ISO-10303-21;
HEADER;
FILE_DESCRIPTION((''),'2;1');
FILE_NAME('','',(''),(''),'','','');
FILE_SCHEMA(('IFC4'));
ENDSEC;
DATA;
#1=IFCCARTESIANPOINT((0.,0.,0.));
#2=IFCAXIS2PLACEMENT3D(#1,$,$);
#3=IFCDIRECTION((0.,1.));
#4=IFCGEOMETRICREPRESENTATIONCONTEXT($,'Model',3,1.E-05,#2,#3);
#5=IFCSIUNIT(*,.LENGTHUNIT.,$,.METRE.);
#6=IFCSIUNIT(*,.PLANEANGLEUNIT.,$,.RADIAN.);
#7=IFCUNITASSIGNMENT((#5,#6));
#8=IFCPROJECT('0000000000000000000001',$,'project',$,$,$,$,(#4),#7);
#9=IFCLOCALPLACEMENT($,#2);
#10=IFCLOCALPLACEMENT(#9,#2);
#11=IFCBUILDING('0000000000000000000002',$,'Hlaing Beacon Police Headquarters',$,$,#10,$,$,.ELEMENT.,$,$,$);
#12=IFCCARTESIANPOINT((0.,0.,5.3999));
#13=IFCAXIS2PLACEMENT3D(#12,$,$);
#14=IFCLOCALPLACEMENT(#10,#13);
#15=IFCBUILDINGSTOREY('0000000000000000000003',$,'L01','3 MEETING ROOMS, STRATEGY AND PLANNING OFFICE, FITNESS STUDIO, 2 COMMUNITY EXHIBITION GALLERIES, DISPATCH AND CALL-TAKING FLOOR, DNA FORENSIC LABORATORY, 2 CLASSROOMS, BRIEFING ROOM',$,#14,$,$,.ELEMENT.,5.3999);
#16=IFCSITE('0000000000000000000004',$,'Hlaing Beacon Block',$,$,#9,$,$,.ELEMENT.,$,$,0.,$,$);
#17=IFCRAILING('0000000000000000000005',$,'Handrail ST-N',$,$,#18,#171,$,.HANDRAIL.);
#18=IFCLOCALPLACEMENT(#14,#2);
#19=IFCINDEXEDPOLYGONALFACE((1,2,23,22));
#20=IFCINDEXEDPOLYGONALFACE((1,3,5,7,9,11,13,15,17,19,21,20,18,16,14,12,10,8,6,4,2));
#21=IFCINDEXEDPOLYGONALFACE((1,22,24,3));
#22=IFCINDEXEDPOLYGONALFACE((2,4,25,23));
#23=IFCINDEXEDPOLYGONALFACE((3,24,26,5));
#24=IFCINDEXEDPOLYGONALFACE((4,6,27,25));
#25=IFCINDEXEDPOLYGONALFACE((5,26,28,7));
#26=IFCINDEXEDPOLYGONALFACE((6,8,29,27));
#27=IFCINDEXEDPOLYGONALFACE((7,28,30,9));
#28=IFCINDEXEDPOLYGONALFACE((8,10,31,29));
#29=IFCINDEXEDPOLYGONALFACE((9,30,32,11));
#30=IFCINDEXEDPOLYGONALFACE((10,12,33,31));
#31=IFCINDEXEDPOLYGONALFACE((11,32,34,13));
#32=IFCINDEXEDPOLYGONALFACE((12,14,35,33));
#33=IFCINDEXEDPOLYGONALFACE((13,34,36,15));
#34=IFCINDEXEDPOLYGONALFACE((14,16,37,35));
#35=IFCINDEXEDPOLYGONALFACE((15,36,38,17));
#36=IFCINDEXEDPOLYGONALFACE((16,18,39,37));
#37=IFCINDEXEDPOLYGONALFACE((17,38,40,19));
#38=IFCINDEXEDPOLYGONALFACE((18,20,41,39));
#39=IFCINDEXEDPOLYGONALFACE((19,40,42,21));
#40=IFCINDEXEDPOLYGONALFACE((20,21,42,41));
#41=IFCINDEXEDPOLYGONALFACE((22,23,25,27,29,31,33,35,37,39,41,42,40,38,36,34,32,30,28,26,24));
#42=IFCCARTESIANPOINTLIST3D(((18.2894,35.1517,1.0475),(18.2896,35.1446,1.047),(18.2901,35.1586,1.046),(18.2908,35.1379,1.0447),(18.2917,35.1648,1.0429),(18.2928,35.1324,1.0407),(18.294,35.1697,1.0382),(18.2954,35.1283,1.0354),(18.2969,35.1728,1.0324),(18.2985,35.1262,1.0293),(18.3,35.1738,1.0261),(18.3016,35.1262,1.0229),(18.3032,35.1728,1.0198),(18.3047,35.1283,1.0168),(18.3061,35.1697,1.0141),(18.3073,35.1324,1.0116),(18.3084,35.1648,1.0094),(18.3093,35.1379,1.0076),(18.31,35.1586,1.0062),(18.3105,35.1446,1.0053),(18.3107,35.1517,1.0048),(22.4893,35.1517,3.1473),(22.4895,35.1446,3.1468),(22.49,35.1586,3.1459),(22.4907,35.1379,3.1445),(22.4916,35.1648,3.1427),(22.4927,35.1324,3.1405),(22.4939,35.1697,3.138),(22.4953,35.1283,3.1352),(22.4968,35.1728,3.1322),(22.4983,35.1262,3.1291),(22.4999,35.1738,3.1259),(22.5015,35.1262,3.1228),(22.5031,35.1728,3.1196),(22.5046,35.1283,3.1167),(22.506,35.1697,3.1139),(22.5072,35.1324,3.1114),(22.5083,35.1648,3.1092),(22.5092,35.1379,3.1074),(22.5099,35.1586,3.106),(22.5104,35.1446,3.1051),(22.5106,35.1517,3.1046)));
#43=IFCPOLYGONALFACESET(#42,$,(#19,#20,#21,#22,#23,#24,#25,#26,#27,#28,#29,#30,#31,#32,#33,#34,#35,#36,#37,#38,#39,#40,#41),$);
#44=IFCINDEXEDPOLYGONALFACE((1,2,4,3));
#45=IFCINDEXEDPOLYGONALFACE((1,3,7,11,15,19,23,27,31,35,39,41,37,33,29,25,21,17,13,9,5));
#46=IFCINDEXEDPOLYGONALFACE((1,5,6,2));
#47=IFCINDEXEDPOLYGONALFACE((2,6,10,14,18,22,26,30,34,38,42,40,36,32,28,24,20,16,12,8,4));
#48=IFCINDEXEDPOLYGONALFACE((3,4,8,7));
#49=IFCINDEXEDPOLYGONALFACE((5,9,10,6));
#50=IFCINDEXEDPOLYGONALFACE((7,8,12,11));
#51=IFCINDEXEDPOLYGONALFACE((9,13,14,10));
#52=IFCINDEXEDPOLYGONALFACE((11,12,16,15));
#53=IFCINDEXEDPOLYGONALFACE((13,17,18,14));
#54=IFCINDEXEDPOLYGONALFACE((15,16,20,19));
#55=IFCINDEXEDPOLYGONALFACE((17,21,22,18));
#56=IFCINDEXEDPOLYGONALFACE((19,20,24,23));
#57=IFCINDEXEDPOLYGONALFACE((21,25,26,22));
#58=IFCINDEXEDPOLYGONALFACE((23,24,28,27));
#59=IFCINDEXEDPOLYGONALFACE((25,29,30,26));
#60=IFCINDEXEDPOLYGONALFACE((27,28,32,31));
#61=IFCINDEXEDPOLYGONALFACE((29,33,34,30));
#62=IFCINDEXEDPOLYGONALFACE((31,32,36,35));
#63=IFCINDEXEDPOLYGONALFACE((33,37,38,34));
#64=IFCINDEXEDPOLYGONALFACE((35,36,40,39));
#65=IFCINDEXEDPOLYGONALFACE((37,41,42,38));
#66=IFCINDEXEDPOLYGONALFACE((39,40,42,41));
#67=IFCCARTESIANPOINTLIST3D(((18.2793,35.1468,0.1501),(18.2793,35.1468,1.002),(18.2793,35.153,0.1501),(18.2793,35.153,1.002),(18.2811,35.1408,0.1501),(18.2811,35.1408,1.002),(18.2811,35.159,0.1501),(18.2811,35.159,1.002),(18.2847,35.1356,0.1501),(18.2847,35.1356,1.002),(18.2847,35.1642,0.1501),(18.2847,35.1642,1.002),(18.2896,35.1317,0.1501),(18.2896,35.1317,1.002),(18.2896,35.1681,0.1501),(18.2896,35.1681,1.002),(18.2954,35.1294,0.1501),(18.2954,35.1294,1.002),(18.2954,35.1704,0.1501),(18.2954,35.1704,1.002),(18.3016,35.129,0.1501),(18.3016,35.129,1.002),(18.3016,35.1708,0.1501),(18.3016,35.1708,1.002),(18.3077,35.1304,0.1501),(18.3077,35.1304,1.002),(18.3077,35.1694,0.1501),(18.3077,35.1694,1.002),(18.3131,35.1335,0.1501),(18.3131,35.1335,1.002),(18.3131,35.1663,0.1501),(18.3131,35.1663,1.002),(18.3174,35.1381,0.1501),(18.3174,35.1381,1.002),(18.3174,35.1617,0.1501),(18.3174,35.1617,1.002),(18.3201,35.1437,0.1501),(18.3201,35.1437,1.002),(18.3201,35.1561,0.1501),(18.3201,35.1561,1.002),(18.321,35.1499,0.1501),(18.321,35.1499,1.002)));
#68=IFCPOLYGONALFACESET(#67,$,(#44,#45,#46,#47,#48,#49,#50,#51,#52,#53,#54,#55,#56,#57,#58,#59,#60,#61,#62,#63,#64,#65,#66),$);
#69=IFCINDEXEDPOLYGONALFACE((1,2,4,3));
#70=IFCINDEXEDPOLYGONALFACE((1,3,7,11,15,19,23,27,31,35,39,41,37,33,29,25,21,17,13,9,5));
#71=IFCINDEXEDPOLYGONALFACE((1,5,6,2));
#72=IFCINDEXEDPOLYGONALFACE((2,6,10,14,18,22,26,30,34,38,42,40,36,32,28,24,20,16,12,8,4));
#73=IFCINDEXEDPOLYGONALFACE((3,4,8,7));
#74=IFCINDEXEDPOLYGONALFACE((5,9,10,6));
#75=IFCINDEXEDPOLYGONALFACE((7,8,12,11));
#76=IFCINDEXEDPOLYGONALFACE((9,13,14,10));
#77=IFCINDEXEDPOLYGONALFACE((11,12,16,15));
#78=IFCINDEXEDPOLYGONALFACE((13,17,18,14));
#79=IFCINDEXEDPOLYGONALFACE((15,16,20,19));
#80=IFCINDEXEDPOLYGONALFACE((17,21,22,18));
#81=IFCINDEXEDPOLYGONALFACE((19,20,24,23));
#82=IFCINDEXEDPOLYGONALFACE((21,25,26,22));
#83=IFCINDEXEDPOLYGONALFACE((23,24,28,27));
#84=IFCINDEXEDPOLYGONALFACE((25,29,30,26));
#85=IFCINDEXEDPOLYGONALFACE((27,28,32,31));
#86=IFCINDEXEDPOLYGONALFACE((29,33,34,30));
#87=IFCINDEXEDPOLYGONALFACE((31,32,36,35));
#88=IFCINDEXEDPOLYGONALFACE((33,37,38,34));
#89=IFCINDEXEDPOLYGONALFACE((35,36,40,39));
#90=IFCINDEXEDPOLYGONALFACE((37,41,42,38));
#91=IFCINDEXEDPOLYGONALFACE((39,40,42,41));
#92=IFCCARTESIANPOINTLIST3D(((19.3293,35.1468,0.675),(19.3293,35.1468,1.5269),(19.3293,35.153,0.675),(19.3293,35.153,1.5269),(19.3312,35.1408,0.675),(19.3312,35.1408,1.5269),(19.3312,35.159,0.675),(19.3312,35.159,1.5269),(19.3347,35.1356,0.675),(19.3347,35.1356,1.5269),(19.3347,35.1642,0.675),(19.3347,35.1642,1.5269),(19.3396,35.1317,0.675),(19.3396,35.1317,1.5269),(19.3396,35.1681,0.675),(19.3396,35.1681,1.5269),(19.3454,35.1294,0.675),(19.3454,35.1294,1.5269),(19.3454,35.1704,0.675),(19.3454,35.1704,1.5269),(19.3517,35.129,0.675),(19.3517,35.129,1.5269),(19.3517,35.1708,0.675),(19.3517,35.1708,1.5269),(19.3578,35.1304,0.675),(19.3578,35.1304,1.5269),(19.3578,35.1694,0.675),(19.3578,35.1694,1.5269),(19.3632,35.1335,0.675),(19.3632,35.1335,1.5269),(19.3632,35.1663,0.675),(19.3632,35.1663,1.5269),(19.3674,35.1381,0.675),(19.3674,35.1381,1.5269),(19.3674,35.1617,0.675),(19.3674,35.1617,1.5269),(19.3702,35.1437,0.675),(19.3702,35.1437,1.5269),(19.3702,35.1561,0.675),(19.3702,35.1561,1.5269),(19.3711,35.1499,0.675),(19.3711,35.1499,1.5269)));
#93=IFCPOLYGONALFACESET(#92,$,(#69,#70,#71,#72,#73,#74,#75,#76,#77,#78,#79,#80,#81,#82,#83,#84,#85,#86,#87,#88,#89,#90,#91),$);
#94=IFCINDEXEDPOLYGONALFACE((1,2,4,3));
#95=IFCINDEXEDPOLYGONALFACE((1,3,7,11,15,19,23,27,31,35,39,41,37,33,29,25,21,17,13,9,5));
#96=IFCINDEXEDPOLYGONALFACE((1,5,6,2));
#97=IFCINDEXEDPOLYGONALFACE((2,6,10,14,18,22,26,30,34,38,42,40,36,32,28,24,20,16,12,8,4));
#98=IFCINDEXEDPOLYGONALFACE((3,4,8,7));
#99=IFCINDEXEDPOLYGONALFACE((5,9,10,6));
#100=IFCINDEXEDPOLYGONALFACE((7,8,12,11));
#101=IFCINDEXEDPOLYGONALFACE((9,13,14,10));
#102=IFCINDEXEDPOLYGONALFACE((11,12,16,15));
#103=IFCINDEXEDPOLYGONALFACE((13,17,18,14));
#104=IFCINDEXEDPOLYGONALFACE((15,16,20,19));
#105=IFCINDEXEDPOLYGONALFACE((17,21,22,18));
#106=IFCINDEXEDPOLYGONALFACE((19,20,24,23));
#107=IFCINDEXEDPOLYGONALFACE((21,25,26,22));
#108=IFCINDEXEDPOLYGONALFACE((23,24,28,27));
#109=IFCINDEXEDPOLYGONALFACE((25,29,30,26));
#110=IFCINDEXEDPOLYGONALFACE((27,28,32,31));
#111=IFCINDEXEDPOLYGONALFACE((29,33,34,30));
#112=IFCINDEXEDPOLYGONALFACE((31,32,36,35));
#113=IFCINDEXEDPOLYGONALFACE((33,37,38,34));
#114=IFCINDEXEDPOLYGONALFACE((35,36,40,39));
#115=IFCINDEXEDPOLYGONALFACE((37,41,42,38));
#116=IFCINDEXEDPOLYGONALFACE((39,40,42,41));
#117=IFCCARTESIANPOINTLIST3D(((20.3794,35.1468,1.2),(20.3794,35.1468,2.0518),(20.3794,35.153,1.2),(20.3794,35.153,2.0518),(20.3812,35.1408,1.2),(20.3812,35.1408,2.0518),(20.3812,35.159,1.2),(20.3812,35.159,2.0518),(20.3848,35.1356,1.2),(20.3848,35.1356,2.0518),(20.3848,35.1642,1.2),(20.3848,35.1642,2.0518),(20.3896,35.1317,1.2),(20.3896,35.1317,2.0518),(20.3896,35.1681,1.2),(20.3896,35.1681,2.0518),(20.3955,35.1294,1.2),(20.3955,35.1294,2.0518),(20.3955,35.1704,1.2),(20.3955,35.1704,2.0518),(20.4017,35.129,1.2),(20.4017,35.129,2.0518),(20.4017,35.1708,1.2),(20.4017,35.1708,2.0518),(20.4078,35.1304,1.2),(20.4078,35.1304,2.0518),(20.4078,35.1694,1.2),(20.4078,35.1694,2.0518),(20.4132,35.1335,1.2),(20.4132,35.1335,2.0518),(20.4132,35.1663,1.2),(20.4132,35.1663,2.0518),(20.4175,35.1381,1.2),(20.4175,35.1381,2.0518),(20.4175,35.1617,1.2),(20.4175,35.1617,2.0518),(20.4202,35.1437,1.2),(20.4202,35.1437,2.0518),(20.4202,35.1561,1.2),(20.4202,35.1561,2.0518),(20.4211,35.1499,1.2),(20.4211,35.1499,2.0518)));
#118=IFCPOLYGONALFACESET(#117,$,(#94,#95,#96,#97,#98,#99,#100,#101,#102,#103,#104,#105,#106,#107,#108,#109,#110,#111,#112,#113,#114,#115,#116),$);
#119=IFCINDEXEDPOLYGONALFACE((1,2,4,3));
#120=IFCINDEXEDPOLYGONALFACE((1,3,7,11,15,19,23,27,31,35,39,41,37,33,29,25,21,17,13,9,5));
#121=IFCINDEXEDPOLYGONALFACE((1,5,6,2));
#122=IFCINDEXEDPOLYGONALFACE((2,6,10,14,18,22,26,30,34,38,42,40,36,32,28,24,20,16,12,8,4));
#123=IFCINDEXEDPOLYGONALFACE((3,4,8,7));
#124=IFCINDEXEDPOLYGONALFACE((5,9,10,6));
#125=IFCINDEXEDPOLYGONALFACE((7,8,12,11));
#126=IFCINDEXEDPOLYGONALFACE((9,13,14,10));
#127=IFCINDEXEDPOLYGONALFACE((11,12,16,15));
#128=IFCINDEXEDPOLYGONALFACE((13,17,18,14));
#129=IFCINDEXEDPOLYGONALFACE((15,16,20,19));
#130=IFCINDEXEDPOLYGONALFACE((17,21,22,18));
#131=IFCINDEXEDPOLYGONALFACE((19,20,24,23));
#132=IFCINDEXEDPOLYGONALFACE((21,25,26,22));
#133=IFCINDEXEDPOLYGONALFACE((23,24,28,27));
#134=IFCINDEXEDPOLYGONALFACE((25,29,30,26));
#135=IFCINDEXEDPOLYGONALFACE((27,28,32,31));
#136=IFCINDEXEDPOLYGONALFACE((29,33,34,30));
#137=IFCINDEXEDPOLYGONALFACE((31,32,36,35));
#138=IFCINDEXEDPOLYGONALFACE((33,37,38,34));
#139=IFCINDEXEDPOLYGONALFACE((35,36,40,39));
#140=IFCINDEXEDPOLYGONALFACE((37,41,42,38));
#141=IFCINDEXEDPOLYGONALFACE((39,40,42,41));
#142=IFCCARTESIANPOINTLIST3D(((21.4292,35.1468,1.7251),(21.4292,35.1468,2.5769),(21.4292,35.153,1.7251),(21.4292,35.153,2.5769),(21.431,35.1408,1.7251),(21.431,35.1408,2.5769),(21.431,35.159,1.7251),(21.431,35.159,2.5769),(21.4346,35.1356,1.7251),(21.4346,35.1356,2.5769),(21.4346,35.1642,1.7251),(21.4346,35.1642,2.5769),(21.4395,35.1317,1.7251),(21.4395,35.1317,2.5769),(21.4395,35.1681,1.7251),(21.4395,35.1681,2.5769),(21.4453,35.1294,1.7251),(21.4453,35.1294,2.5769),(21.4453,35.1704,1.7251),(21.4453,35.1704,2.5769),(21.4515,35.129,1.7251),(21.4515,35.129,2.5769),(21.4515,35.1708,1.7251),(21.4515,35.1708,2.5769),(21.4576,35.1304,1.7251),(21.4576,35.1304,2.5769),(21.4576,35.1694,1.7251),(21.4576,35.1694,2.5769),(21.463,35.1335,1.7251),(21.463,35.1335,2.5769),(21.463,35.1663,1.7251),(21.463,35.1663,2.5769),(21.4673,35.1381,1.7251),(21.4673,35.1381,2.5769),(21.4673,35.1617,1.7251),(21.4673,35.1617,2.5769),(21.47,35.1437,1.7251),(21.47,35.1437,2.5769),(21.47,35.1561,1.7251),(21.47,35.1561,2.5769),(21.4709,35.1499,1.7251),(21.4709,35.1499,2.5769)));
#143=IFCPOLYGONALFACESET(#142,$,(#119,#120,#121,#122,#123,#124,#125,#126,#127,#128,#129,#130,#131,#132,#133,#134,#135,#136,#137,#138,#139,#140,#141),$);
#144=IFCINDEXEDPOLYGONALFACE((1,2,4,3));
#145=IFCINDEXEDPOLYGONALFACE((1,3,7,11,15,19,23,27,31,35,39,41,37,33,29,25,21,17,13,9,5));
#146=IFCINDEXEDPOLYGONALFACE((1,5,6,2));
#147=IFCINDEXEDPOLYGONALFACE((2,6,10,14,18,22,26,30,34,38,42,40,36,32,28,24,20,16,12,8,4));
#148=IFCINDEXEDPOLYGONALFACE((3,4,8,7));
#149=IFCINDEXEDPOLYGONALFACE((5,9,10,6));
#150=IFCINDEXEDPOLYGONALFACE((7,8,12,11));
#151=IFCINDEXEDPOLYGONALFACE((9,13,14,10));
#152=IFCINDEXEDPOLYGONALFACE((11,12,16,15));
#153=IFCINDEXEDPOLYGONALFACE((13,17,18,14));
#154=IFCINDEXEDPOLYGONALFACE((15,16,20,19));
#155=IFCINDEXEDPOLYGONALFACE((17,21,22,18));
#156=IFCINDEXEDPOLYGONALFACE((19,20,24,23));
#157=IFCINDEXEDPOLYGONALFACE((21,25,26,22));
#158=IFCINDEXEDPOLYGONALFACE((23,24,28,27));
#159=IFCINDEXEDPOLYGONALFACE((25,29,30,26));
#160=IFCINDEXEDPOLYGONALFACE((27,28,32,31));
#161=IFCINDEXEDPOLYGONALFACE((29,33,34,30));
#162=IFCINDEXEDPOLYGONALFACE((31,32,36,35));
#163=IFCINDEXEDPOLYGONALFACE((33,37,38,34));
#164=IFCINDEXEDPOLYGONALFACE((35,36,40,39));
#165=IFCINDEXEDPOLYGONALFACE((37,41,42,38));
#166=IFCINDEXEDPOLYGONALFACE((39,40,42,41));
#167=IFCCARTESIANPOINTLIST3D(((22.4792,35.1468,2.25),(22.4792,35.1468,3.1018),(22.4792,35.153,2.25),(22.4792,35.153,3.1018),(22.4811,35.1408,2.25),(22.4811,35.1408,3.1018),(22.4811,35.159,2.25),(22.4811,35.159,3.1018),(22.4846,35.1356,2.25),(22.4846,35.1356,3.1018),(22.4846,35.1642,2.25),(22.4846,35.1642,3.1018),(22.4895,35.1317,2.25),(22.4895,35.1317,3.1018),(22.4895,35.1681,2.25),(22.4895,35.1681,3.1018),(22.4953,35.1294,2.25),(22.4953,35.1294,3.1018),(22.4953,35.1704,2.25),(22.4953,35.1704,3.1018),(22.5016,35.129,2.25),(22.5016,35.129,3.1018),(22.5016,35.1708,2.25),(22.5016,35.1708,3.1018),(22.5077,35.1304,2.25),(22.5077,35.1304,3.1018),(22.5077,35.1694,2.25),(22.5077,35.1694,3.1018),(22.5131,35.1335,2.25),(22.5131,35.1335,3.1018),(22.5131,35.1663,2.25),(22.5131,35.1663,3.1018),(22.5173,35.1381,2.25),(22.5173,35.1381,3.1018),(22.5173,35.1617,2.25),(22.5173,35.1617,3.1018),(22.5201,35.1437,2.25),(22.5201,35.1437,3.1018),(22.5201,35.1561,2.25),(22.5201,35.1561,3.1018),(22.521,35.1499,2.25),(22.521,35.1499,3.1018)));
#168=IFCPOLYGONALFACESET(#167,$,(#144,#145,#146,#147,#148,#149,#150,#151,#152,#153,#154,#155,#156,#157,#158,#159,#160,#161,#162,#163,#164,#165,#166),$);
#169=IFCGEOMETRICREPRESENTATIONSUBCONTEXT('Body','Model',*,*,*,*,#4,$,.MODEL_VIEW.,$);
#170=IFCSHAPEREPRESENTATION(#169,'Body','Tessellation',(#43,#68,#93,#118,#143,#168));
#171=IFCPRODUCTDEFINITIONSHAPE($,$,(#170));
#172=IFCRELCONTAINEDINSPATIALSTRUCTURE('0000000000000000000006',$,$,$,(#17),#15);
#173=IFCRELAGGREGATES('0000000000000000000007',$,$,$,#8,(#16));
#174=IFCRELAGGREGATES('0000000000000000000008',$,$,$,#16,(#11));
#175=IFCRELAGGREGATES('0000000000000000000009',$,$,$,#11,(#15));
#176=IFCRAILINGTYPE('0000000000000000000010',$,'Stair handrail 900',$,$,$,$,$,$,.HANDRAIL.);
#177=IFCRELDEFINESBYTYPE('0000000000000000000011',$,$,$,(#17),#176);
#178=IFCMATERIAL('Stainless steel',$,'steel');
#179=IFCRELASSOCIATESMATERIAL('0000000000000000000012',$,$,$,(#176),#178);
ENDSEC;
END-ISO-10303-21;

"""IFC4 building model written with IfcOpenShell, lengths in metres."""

from ifc_helpers import new_model, si_unit, direction, frame, origin, origin_2d, place, context, subcontext, project, spatial, circle, extrude, material, type_object, element, save


model = new_model("IFC4")

# Units and contexts
model_context = context("Model", 3, precision=1e-05, world=origin(), true_north=direction((0.0, 1.0)))
body_context = subcontext(model_context, "Body", "Model", "MODEL_VIEW")
ifc_project = project(units=[si_unit("LENGTHUNIT", "METRE"), si_unit("PLANEANGLEUNIT", "RADIAN")], contexts=[model_context])

# Site, building, storey
site_placement = place(None, origin())
site = spatial("IfcSite", under=ifc_project, at=site_placement, Name="Hlaing Beacon Block", CompositionType="ELEMENT", RefElevation=0.0)
building_placement = place(site_placement, origin())
building = spatial("IfcBuilding", under=site, at=building_placement, Name="Hlaing Beacon Police Headquarters", CompositionType="ELEMENT")
storey_placement = place(building_placement, frame((0.0, 0.0, 5.3999)))
storey = spatial("IfcBuildingStorey", under=building, at=storey_placement, Name="L01", Description="3 MEETING ROOMS, STRATEGY AND PLANNING OFFICE, FITNESS STUDIO, 2 COMMUNITY EXHIBITION GALLERIES, DISPATCH AND CALL-TAKING FLOOR, DNA FORENSIC LABORATORY, 2 CLASSROOMS, BRIEFING ROOM", CompositionType="ELEMENT", Elevation=5.3999)

# Railing
ifc_material_1 = material(Name="Stainless steel", Category="steel")
railing_type_1 = type_object("IfcRailingType", Name="Stair handrail 900", PredefinedType="HANDRAIL", material=ifc_material_1)
for number, where, name in (
    (1, (18.3, 35.1499, 0.1501), "Handrail ST-N"),
):
    element("IfcRailing", number, at=place(storey_placement, frame(where)), inside=storey, type_object=railing_type_1, Name=name, PredefinedType="HANDRAIL", context=body_context, shape_type="SweptSolid", body=[
        extrude(circle(Radius=0.0239, at=origin_2d()), frame((0.0, 0.0, 0.876), z_axis=(0.894438, 0.0, 0.447193), x_axis=(0.0, 1.0, 0.0)), (0.0, 0.0, 1.0), 4.6956),
        extrude(circle(Radius=0.021, at=origin_2d()), origin(), (0.0, 0.0, 1.0), 0.8518),
        extrude(circle(Radius=0.021, at=origin_2d()), frame((1.05, 0.0, 0.5249)), (0.0, 0.0, 1.0), 0.8518),
        extrude(circle(Radius=0.021, at=origin_2d()), frame((2.1001, 0.0, 1.0498)), (0.0, 0.0, 1.0), 0.8518),
        extrude(circle(Radius=0.021, at=origin_2d()), frame((3.1499, 0.0, 1.575)), (0.0, 0.0, 1.0), 0.8518),
        extrude(circle(Radius=0.021, at=origin_2d()), frame((4.2, 0.0, 2.0999)), (0.0, 0.0, 1.0), 0.8518),
    ])

save(model, "model.ifc")
